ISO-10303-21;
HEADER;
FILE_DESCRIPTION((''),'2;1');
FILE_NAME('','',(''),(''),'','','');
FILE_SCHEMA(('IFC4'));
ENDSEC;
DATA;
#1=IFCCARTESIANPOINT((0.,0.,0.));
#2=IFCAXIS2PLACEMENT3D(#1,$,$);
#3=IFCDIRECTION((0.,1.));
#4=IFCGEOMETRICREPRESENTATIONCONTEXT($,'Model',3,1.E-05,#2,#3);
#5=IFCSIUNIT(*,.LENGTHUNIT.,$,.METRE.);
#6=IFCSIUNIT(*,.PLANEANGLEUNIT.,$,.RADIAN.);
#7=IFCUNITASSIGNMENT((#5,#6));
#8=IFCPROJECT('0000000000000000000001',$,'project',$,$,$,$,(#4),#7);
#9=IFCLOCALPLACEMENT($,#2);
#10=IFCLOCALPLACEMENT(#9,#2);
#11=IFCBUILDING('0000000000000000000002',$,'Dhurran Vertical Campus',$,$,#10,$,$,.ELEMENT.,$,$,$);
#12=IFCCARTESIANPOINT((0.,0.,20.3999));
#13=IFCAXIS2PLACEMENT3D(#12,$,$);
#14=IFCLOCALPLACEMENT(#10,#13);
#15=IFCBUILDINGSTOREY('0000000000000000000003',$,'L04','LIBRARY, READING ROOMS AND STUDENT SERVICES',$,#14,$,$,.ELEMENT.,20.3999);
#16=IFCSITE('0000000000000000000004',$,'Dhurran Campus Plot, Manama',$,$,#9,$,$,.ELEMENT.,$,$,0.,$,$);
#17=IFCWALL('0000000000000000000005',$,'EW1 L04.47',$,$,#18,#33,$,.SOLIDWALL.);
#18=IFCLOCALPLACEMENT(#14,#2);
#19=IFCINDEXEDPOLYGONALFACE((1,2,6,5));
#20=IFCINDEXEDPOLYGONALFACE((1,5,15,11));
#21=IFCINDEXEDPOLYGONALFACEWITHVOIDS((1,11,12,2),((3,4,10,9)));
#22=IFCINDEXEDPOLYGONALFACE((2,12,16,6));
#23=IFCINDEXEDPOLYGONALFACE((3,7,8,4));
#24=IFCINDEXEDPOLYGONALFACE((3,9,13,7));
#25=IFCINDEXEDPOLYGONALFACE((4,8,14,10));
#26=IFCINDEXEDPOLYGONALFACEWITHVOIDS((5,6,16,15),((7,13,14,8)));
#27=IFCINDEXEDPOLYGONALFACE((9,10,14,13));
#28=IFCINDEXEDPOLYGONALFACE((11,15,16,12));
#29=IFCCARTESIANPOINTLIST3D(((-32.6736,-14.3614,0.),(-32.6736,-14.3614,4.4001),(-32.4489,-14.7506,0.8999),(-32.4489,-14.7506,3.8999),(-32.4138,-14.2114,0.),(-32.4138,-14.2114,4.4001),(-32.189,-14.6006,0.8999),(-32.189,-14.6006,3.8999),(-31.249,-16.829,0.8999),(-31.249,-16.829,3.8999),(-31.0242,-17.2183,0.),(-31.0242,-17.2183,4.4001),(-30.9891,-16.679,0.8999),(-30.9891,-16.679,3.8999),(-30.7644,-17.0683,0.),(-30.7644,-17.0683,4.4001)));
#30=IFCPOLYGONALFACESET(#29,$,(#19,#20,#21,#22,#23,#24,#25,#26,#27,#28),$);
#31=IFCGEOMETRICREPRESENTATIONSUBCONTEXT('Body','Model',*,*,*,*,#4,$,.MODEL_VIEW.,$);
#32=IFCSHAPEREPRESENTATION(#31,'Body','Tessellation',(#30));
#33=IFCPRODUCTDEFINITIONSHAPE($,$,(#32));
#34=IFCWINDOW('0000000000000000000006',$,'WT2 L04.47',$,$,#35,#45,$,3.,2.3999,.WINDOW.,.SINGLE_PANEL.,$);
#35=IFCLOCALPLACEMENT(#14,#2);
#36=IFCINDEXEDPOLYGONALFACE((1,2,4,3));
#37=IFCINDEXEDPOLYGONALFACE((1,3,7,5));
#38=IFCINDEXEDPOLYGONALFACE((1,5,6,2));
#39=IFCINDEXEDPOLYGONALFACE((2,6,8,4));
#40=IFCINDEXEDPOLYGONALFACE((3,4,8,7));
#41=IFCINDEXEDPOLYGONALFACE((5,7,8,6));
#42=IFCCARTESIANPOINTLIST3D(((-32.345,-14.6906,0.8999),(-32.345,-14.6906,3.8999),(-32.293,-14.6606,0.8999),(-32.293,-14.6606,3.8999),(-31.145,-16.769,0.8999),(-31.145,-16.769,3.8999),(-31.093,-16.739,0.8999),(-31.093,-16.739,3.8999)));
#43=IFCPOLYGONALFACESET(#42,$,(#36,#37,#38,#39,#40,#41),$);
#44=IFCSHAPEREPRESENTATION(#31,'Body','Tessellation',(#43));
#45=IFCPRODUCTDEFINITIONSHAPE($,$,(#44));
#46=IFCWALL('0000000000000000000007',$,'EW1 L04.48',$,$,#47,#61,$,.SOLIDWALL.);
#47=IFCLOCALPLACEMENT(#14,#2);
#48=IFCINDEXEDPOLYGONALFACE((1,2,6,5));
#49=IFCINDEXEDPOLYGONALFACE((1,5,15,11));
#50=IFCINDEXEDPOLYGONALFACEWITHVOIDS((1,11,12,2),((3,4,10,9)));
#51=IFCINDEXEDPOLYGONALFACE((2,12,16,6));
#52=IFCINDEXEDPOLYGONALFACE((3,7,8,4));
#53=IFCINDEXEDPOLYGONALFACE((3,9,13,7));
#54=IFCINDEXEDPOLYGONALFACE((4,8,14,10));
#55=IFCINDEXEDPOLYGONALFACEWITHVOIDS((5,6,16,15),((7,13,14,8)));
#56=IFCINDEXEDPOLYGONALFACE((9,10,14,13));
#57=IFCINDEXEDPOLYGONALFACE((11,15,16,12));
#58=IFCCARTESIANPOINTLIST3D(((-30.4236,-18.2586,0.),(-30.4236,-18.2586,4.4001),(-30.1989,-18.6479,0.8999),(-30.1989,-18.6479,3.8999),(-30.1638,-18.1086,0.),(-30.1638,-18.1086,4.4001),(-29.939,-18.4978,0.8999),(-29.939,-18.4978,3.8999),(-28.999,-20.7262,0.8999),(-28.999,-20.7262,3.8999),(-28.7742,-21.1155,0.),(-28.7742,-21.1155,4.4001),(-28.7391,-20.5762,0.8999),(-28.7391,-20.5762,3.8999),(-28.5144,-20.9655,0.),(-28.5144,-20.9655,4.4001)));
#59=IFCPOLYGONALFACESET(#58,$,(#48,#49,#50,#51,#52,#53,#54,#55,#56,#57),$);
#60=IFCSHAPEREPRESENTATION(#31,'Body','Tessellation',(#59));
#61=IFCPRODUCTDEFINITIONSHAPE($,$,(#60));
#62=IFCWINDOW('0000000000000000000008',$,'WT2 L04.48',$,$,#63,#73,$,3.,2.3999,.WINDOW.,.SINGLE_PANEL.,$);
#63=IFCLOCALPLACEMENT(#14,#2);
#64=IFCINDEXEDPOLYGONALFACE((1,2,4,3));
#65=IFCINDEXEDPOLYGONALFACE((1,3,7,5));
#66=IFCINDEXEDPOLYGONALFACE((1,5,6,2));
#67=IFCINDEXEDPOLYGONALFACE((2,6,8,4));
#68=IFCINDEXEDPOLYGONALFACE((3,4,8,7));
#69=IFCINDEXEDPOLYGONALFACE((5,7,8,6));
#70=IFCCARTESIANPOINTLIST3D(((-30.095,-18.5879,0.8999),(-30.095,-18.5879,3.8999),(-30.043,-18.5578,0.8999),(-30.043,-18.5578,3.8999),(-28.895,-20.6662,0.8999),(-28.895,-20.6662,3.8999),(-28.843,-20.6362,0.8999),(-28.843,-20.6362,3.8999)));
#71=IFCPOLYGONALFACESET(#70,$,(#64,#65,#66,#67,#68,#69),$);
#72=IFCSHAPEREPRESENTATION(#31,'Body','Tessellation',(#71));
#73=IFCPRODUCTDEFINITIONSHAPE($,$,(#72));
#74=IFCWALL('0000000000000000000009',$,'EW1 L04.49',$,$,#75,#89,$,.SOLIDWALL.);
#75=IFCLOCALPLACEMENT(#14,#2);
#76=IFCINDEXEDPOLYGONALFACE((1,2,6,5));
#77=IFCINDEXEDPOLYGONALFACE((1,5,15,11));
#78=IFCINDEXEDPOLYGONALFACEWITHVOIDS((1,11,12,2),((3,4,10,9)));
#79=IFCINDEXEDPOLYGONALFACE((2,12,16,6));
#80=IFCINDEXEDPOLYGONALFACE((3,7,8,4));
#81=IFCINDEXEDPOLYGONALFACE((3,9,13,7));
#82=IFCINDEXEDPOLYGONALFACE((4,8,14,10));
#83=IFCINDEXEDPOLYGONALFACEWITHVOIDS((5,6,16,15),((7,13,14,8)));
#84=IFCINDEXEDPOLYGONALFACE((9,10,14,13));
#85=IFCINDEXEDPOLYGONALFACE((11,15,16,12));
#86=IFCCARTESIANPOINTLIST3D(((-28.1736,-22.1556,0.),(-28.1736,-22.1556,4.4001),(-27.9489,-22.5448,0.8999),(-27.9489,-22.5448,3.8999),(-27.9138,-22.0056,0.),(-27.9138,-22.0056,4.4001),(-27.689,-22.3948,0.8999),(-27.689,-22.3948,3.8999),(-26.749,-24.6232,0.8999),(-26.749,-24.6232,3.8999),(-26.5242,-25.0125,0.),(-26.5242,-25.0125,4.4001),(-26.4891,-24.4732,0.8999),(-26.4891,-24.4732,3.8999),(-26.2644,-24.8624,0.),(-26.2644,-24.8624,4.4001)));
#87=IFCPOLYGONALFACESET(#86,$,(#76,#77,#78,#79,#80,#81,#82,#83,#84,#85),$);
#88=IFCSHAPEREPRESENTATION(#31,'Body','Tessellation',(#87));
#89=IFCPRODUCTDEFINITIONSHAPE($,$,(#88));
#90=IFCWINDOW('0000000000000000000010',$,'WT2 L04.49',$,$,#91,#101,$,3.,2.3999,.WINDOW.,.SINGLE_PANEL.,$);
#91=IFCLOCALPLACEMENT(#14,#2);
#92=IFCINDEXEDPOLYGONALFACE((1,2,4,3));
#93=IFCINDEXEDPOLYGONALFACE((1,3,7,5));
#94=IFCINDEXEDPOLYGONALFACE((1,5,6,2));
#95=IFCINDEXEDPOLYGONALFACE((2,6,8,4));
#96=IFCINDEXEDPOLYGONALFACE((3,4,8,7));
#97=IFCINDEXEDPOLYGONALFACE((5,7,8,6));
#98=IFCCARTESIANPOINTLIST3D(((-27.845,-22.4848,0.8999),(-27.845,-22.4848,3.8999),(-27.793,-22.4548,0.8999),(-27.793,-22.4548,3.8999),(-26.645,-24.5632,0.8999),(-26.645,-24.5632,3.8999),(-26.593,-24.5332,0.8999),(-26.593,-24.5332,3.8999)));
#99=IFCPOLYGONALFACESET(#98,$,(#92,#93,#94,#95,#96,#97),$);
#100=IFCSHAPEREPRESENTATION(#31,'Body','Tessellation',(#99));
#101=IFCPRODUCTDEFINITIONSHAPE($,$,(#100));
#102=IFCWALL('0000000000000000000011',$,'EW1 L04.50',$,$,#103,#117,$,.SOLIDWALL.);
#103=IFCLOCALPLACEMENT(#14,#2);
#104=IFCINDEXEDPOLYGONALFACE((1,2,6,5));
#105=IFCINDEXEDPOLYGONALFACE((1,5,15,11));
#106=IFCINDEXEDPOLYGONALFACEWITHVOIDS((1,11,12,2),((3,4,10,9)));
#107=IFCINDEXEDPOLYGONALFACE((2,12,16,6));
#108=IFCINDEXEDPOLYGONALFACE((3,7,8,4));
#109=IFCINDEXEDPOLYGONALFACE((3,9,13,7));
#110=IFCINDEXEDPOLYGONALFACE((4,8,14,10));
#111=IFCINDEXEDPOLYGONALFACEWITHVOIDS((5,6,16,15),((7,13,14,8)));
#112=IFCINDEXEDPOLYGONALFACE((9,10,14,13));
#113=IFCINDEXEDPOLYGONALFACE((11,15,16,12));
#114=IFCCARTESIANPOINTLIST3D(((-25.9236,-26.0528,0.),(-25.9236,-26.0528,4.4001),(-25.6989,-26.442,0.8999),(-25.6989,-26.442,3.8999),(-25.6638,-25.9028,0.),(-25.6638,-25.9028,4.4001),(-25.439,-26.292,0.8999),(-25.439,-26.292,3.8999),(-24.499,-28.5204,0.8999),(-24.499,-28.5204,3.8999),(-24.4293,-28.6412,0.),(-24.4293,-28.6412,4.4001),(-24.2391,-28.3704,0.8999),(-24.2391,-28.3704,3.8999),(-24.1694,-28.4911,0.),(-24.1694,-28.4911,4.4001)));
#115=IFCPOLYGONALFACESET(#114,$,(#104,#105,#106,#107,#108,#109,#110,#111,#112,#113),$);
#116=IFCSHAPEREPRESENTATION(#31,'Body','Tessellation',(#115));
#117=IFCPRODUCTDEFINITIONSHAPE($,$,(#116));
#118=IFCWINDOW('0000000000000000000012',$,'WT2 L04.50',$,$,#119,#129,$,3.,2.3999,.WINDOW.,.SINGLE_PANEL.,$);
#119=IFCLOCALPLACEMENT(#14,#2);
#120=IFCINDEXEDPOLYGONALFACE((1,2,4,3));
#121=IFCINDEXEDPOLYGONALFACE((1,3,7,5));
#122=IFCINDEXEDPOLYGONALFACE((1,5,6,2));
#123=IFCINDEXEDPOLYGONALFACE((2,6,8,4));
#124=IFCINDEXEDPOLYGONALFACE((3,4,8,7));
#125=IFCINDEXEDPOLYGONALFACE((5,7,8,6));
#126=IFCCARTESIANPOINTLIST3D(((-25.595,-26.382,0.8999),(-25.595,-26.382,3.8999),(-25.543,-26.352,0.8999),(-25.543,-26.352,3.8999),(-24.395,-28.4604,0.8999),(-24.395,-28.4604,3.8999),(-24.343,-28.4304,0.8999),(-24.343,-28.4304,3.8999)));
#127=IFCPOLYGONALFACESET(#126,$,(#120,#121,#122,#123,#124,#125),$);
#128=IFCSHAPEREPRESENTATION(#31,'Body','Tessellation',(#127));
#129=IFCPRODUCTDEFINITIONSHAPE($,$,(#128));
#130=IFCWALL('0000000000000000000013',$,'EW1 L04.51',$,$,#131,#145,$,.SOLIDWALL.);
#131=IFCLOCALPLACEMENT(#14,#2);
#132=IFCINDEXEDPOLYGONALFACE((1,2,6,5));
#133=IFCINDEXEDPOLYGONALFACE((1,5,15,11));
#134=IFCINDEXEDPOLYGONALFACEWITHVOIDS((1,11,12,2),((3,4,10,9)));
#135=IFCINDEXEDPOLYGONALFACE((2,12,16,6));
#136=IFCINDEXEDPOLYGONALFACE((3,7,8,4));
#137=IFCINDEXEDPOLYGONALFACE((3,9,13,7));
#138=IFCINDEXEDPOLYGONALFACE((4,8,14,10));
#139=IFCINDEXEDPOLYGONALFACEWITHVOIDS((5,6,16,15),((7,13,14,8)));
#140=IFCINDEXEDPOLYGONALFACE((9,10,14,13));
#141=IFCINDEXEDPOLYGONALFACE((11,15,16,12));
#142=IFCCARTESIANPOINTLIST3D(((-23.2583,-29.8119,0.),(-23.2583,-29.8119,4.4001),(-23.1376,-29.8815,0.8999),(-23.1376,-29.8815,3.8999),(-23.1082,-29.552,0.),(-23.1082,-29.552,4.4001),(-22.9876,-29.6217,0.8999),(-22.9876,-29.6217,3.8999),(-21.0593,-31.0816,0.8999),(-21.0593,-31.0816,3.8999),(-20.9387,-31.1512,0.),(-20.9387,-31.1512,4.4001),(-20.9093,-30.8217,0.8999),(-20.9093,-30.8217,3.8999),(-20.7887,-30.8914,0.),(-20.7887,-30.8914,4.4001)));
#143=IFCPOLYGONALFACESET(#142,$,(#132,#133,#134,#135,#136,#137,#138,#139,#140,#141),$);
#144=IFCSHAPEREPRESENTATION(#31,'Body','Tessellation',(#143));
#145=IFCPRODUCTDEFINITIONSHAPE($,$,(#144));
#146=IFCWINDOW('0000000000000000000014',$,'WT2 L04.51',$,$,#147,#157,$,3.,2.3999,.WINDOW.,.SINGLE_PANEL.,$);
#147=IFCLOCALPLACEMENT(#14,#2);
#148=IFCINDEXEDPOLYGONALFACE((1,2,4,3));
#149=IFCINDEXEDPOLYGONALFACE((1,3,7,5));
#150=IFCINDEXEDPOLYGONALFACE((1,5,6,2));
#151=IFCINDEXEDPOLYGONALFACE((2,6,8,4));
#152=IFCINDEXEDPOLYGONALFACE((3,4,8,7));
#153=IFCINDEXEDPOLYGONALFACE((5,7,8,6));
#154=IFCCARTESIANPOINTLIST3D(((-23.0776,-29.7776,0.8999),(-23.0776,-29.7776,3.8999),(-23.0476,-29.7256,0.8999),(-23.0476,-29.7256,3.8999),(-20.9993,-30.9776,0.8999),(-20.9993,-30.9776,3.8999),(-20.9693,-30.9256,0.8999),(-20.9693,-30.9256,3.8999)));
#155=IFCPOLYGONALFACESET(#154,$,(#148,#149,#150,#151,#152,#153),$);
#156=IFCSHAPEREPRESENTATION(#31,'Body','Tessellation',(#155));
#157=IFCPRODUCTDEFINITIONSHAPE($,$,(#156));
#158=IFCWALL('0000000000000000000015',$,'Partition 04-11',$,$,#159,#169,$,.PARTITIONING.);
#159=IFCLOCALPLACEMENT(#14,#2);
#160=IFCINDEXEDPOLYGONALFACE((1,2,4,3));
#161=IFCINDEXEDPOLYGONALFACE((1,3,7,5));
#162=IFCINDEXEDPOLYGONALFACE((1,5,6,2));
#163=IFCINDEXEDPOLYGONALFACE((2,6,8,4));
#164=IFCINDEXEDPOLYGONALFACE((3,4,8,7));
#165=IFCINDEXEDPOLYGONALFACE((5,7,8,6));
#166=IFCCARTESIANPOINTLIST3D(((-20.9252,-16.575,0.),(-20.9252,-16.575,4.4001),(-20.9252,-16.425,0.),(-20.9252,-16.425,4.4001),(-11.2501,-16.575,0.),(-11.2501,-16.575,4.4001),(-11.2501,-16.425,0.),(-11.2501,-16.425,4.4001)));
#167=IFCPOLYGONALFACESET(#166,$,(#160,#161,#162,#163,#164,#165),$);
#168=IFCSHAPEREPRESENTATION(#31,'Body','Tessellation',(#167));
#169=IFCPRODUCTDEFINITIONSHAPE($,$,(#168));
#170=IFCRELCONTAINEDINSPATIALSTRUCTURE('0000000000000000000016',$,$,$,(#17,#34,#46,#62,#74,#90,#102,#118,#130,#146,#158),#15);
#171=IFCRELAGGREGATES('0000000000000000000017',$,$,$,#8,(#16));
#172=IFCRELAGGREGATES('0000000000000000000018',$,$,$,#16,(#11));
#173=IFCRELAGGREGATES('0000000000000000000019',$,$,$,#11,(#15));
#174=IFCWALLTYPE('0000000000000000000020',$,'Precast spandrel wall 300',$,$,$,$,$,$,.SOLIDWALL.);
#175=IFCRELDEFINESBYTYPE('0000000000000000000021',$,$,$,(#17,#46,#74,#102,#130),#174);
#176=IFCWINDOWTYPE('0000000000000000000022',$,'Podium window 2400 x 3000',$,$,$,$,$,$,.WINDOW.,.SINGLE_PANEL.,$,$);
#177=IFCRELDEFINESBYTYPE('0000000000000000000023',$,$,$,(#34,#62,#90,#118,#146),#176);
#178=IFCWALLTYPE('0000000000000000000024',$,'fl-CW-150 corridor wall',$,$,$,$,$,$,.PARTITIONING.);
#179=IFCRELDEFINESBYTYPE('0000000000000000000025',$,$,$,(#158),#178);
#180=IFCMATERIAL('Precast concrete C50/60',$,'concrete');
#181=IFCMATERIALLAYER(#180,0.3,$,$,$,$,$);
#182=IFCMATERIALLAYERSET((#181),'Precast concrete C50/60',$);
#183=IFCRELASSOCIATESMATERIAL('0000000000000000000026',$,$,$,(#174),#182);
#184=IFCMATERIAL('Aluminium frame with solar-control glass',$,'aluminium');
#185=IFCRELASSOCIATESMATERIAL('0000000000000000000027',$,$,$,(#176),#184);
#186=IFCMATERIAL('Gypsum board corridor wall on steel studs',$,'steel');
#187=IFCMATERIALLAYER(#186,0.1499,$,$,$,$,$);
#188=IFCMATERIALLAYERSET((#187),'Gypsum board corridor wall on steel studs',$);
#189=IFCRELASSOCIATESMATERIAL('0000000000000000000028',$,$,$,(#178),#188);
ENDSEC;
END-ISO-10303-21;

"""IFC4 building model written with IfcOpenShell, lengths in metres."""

from ifc_helpers import new_model, si_unit, direction, frame, frame_2d, origin, place, context, subcontext, project, spatial, rectangle, extrude, material, layer, layer_set, type_object, element, fill, save


model = new_model("IFC4")

# Units and contexts
model_context = context("Model", 3, precision=1e-05, world=origin(), true_north=direction((0.0, 1.0)))
body_context = subcontext(model_context, "Body", "Model", "MODEL_VIEW")
ifc_project = project(units=[si_unit("LENGTHUNIT", "METRE"), si_unit("PLANEANGLEUNIT", "RADIAN")], contexts=[model_context])

# Site, building, storey
site_placement = place(None, origin())
site = spatial("IfcSite", under=ifc_project, at=site_placement, Name="Dhurran Campus Plot, Manama", CompositionType="ELEMENT", RefElevation=0.0)
building_placement = place(site_placement, origin())
building = spatial("IfcBuilding", under=site, at=building_placement, Name="Dhurran Vertical Campus", CompositionType="ELEMENT")
storey_placement = place(building_placement, frame((0.0, 0.0, 20.3999)))
storey = spatial("IfcBuildingStorey", under=building, at=storey_placement, Name="L04", Description="LIBRARY, READING ROOMS AND STUDENT SERVICES", CompositionType="ELEMENT", Elevation=20.3999)

# Walls, openings, windows
ifc_material_1 = material(Name="Precast concrete C50/60", Category="concrete")
ifc_layer_1 = layer(ifc_material_1, 0.3)
ifc_layer_set_1 = layer_set([ifc_layer_1], Name="Precast concrete C50/60")
wall_type_1 = type_object("IfcWallType", Name="Precast spandrel wall 300", PredefinedType="SOLIDWALL", material=ifc_layer_set_1)
ifc_material_2 = material(Name="Aluminium frame with solar-control glass", Category="aluminium")
window_type = type_object("IfcWindowType", Name="Podium window 2400 x 3000", PartitioningType="SINGLE_PANEL", PredefinedType="WINDOW", material=ifc_material_2)
wall_1_placement = place(storey_placement, frame((-32.5437, -14.2864, 0.0), z_axis=(0.0, 0.0, 1.0), x_axis=(0.499992, -0.86603, 0.0)))
wall_1 = element("IfcWall", 1, at=wall_1_placement, inside=storey, type_object=wall_type_1, Name="EW1 L04.47", PredefinedType="SOLIDWALL", context=body_context, shape_type="SweptSolid", body=[
    extrude(rectangle(XDim=3.2988, YDim=0.3, at=frame_2d((1.6494, 0.0))), origin(), (0.0, 0.0, 1.0), 4.4001),
])
opening_1_placement = place(wall_1_placement, frame((0.4495, 0.0, 0.8999)))
opening_1 = element("IfcOpeningElement", 2, at=opening_1_placement, cuts=wall_1, PredefinedType="OPENING", context=body_context, shape_type="SweptSolid", body=[
    extrude(rectangle(XDim=2.3999, YDim=3.0, at=frame_2d((1.2, 1.5))), frame((0.0, 0.1599, 0.0), z_axis=(0.0, -1.0, 0.0), x_axis=(1.0, 0.0, 0.0)), (0.0, 0.0, 1.0), 0.3201),
])
window_1_placement = place(opening_1_placement, origin())
window_1 = element("IfcWindow", 3, at=window_1_placement, inside=storey, type_object=window_type, Name="WT2 L04.47", OverallHeight=3.0, OverallWidth=2.3999, PartitioningType="SINGLE_PANEL", PredefinedType="WINDOW", context=body_context, shape_type="SweptSolid", body=[
    extrude(rectangle(XDim=2.3999, YDim=3.0, at=frame_2d((1.2, 1.5))), frame((0.0, 0.03, 0.0), z_axis=(0.0, -1.0, 0.0), x_axis=(1.0, 0.0, 0.0)), (0.0, 0.0, 1.0), 0.0601),
])
fill(opening_1, window_1)
wall_2_placement = place(storey_placement, frame((-30.2937, -18.1836, 0.0), z_axis=(0.0, 0.0, 1.0), x_axis=(0.499992, -0.86603, 0.0)))
wall_2 = element("IfcWall", 4, at=wall_2_placement, inside=storey, type_object=wall_type_1, Name="EW1 L04.48", PredefinedType="SOLIDWALL", context=body_context, shape_type="SweptSolid", body=[
    extrude(rectangle(XDim=3.2988, YDim=0.3, at=frame_2d((1.6494, 0.0))), origin(), (0.0, 0.0, 1.0), 4.4001),
])
opening_2_placement = place(wall_2_placement, frame((0.4495, 0.0, 0.8999)))
opening_2 = element("IfcOpeningElement", 5, at=opening_2_placement, cuts=wall_2, PredefinedType="OPENING", context=body_context, shape_type="SweptSolid", body=[
    extrude(rectangle(XDim=2.3999, YDim=3.0, at=frame_2d((1.2, 1.5))), frame((0.0, 0.1599, 0.0), z_axis=(0.0, -1.0, 0.0), x_axis=(1.0, 0.0, 0.0)), (0.0, 0.0, 1.0), 0.3201),
])
window_2_placement = place(opening_2_placement, origin())
window_2 = element("IfcWindow", 6, at=window_2_placement, inside=storey, type_object=window_type, Name="WT2 L04.48", OverallHeight=3.0, OverallWidth=2.3999, PartitioningType="SINGLE_PANEL", PredefinedType="WINDOW", context=body_context, shape_type="SweptSolid", body=[
    extrude(rectangle(XDim=2.3999, YDim=3.0, at=frame_2d((1.2, 1.5))), frame((0.0, 0.03, 0.0), z_axis=(0.0, -1.0, 0.0), x_axis=(1.0, 0.0, 0.0)), (0.0, 0.0, 1.0), 0.0601),
])
fill(opening_2, window_2)
wall_3_placement = place(storey_placement, frame((-28.0437, -22.0806, 0.0), z_axis=(0.0, 0.0, 1.0), x_axis=(0.499992, -0.86603, 0.0)))
wall_3 = element("IfcWall", 7, at=wall_3_placement, inside=storey, type_object=wall_type_1, Name="EW1 L04.49", PredefinedType="SOLIDWALL", context=body_context, shape_type="SweptSolid", body=[
    extrude(rectangle(XDim=3.2988, YDim=0.3, at=frame_2d((1.6494, 0.0))), origin(), (0.0, 0.0, 1.0), 4.4001),
])
opening_3_placement = place(wall_3_placement, frame((0.4495, 0.0, 0.8999)))
opening_3 = element("IfcOpeningElement", 8, at=opening_3_placement, cuts=wall_3, PredefinedType="OPENING", context=body_context, shape_type="SweptSolid", body=[
    extrude(rectangle(XDim=2.3999, YDim=3.0, at=frame_2d((1.2, 1.5))), frame((0.0, 0.1599, 0.0), z_axis=(0.0, -1.0, 0.0), x_axis=(1.0, 0.0, 0.0)), (0.0, 0.0, 1.0), 0.3201),
])
window_3_placement = place(opening_3_placement, origin())
window_3 = element("IfcWindow", 9, at=window_3_placement, inside=storey, type_object=window_type, Name="WT2 L04.49", OverallHeight=3.0, OverallWidth=2.3999, PartitioningType="SINGLE_PANEL", PredefinedType="WINDOW", context=body_context, shape_type="SweptSolid", body=[
    extrude(rectangle(XDim=2.3999, YDim=3.0, at=frame_2d((1.2, 1.5))), frame((0.0, 0.03, 0.0), z_axis=(0.0, -1.0, 0.0), x_axis=(1.0, 0.0, 0.0)), (0.0, 0.0, 1.0), 0.0601),
])
fill(opening_3, window_3)
wall_4_placement = place(storey_placement, frame((-25.7937, -25.9778, 0.0), z_axis=(0.0, 0.0, 1.0), x_axis=(0.499996, -0.866028, 0.0)))
wall_4 = element("IfcWall", 10, at=wall_4_placement, inside=storey, type_object=wall_type_1, Name="EW1 L04.50", PredefinedType="SOLIDWALL", context=body_context, shape_type="SweptSolid", body=[
    extrude(rectangle(XDim=2.9888, YDim=0.3, at=frame_2d((1.4944, 0.0))), origin(), (0.0, 0.0, 1.0), 4.4001),
])
opening_4_placement = place(wall_4_placement, frame((0.4495, 0.0, 0.8999)))
opening_4 = element("IfcOpeningElement", 11, at=opening_4_placement, cuts=wall_4, PredefinedType="OPENING", context=body_context, shape_type="SweptSolid", body=[
    extrude(rectangle(XDim=2.3999, YDim=3.0, at=frame_2d((1.2, 1.5))), frame((0.0, 0.1599, 0.0), z_axis=(0.0, -1.0, 0.0), x_axis=(1.0, 0.0, 0.0)), (0.0, 0.0, 1.0), 0.3201),
])
window_4_placement = place(opening_4_placement, origin())
window_4 = element("IfcWindow", 12, at=window_4_placement, inside=storey, type_object=window_type, Name="WT2 L04.50", OverallHeight=3.0, OverallWidth=2.3999, PartitioningType="SINGLE_PANEL", PredefinedType="WINDOW", context=body_context, shape_type="SweptSolid", body=[
    extrude(rectangle(XDim=2.3999, YDim=3.0, at=frame_2d((1.2, 1.5))), frame((0.0, 0.03, 0.0), z_axis=(0.0, -1.0, 0.0), x_axis=(1.0, 0.0, 0.0)), (0.0, 0.0, 1.0), 0.0601),
])
fill(opening_4, window_4)
wall_5_placement = place(storey_placement, frame((-23.1833, -29.6819, 0.0), z_axis=(0.0, 0.0, 1.0), x_axis=(0.866002, -0.500041, 0.0)))
wall_5 = element("IfcWall", 13, at=wall_5_placement, inside=storey, type_object=wall_type_1, Name="EW1 L04.51", PredefinedType="SOLIDWALL", context=body_context, shape_type="SweptSolid", body=[
    extrude(rectangle(XDim=2.6785, YDim=0.3, at=frame_2d((1.3394, 0.0))), origin(), (0.0, 0.0, 1.0), 4.4001),
])
opening_5_placement = place(wall_5_placement, frame((0.1394, 0.0, 0.8999)))
opening_5 = element("IfcOpeningElement", 14, at=opening_5_placement, cuts=wall_5, PredefinedType="OPENING", context=body_context, shape_type="SweptSolid", body=[
    extrude(rectangle(XDim=2.3999, YDim=3.0, at=frame_2d((1.2, 1.5))), frame((0.0, 0.1599, 0.0), z_axis=(0.0, -1.0, 0.0), x_axis=(1.0, 0.0, 0.0)), (0.0, 0.0, 1.0), 0.3201),
])
window_5_placement = place(opening_5_placement, origin())
window_5 = element("IfcWindow", 15, at=window_5_placement, inside=storey, type_object=window_type, Name="WT2 L04.51", OverallHeight=3.0, OverallWidth=2.3999, PartitioningType="SINGLE_PANEL", PredefinedType="WINDOW", context=body_context, shape_type="SweptSolid", body=[
    extrude(rectangle(XDim=2.3999, YDim=3.0, at=frame_2d((1.2, 1.5))), frame((0.0, 0.03, 0.0), z_axis=(0.0, -1.0, 0.0), x_axis=(1.0, 0.0, 0.0)), (0.0, 0.0, 1.0), 0.0601),
])
fill(opening_5, window_5)

# Wall
ifc_material_3 = material(Name="Gypsum board corridor wall on steel studs", Category="steel")
ifc_layer_2 = layer(ifc_material_3, 0.1499)
ifc_layer_set_2 = layer_set([ifc_layer_2], Name="Gypsum board corridor wall on steel studs")
wall_type_2 = type_object("IfcWallType", Name="fl-CW-150 corridor wall", PredefinedType="PARTITIONING", material=ifc_layer_set_2)
wall_6_placement = place(storey_placement, frame((-20.925, -16.5, 0.0), z_axis=(0.0, 0.0, 1.0), x_axis=(1.0, 0.0, 0.0)))
element("IfcWall", 16, at=wall_6_placement, inside=storey, type_object=wall_type_2, Name="Partition 04-11", PredefinedType="PARTITIONING", context=body_context, shape_type="SweptSolid", body=[
    extrude(rectangle(XDim=9.675, YDim=0.1499, at=frame_2d((4.8374, 0.0))), origin(), (0.0, 0.0, 1.0), 4.4001),
])

save(model, "model.ifc")
